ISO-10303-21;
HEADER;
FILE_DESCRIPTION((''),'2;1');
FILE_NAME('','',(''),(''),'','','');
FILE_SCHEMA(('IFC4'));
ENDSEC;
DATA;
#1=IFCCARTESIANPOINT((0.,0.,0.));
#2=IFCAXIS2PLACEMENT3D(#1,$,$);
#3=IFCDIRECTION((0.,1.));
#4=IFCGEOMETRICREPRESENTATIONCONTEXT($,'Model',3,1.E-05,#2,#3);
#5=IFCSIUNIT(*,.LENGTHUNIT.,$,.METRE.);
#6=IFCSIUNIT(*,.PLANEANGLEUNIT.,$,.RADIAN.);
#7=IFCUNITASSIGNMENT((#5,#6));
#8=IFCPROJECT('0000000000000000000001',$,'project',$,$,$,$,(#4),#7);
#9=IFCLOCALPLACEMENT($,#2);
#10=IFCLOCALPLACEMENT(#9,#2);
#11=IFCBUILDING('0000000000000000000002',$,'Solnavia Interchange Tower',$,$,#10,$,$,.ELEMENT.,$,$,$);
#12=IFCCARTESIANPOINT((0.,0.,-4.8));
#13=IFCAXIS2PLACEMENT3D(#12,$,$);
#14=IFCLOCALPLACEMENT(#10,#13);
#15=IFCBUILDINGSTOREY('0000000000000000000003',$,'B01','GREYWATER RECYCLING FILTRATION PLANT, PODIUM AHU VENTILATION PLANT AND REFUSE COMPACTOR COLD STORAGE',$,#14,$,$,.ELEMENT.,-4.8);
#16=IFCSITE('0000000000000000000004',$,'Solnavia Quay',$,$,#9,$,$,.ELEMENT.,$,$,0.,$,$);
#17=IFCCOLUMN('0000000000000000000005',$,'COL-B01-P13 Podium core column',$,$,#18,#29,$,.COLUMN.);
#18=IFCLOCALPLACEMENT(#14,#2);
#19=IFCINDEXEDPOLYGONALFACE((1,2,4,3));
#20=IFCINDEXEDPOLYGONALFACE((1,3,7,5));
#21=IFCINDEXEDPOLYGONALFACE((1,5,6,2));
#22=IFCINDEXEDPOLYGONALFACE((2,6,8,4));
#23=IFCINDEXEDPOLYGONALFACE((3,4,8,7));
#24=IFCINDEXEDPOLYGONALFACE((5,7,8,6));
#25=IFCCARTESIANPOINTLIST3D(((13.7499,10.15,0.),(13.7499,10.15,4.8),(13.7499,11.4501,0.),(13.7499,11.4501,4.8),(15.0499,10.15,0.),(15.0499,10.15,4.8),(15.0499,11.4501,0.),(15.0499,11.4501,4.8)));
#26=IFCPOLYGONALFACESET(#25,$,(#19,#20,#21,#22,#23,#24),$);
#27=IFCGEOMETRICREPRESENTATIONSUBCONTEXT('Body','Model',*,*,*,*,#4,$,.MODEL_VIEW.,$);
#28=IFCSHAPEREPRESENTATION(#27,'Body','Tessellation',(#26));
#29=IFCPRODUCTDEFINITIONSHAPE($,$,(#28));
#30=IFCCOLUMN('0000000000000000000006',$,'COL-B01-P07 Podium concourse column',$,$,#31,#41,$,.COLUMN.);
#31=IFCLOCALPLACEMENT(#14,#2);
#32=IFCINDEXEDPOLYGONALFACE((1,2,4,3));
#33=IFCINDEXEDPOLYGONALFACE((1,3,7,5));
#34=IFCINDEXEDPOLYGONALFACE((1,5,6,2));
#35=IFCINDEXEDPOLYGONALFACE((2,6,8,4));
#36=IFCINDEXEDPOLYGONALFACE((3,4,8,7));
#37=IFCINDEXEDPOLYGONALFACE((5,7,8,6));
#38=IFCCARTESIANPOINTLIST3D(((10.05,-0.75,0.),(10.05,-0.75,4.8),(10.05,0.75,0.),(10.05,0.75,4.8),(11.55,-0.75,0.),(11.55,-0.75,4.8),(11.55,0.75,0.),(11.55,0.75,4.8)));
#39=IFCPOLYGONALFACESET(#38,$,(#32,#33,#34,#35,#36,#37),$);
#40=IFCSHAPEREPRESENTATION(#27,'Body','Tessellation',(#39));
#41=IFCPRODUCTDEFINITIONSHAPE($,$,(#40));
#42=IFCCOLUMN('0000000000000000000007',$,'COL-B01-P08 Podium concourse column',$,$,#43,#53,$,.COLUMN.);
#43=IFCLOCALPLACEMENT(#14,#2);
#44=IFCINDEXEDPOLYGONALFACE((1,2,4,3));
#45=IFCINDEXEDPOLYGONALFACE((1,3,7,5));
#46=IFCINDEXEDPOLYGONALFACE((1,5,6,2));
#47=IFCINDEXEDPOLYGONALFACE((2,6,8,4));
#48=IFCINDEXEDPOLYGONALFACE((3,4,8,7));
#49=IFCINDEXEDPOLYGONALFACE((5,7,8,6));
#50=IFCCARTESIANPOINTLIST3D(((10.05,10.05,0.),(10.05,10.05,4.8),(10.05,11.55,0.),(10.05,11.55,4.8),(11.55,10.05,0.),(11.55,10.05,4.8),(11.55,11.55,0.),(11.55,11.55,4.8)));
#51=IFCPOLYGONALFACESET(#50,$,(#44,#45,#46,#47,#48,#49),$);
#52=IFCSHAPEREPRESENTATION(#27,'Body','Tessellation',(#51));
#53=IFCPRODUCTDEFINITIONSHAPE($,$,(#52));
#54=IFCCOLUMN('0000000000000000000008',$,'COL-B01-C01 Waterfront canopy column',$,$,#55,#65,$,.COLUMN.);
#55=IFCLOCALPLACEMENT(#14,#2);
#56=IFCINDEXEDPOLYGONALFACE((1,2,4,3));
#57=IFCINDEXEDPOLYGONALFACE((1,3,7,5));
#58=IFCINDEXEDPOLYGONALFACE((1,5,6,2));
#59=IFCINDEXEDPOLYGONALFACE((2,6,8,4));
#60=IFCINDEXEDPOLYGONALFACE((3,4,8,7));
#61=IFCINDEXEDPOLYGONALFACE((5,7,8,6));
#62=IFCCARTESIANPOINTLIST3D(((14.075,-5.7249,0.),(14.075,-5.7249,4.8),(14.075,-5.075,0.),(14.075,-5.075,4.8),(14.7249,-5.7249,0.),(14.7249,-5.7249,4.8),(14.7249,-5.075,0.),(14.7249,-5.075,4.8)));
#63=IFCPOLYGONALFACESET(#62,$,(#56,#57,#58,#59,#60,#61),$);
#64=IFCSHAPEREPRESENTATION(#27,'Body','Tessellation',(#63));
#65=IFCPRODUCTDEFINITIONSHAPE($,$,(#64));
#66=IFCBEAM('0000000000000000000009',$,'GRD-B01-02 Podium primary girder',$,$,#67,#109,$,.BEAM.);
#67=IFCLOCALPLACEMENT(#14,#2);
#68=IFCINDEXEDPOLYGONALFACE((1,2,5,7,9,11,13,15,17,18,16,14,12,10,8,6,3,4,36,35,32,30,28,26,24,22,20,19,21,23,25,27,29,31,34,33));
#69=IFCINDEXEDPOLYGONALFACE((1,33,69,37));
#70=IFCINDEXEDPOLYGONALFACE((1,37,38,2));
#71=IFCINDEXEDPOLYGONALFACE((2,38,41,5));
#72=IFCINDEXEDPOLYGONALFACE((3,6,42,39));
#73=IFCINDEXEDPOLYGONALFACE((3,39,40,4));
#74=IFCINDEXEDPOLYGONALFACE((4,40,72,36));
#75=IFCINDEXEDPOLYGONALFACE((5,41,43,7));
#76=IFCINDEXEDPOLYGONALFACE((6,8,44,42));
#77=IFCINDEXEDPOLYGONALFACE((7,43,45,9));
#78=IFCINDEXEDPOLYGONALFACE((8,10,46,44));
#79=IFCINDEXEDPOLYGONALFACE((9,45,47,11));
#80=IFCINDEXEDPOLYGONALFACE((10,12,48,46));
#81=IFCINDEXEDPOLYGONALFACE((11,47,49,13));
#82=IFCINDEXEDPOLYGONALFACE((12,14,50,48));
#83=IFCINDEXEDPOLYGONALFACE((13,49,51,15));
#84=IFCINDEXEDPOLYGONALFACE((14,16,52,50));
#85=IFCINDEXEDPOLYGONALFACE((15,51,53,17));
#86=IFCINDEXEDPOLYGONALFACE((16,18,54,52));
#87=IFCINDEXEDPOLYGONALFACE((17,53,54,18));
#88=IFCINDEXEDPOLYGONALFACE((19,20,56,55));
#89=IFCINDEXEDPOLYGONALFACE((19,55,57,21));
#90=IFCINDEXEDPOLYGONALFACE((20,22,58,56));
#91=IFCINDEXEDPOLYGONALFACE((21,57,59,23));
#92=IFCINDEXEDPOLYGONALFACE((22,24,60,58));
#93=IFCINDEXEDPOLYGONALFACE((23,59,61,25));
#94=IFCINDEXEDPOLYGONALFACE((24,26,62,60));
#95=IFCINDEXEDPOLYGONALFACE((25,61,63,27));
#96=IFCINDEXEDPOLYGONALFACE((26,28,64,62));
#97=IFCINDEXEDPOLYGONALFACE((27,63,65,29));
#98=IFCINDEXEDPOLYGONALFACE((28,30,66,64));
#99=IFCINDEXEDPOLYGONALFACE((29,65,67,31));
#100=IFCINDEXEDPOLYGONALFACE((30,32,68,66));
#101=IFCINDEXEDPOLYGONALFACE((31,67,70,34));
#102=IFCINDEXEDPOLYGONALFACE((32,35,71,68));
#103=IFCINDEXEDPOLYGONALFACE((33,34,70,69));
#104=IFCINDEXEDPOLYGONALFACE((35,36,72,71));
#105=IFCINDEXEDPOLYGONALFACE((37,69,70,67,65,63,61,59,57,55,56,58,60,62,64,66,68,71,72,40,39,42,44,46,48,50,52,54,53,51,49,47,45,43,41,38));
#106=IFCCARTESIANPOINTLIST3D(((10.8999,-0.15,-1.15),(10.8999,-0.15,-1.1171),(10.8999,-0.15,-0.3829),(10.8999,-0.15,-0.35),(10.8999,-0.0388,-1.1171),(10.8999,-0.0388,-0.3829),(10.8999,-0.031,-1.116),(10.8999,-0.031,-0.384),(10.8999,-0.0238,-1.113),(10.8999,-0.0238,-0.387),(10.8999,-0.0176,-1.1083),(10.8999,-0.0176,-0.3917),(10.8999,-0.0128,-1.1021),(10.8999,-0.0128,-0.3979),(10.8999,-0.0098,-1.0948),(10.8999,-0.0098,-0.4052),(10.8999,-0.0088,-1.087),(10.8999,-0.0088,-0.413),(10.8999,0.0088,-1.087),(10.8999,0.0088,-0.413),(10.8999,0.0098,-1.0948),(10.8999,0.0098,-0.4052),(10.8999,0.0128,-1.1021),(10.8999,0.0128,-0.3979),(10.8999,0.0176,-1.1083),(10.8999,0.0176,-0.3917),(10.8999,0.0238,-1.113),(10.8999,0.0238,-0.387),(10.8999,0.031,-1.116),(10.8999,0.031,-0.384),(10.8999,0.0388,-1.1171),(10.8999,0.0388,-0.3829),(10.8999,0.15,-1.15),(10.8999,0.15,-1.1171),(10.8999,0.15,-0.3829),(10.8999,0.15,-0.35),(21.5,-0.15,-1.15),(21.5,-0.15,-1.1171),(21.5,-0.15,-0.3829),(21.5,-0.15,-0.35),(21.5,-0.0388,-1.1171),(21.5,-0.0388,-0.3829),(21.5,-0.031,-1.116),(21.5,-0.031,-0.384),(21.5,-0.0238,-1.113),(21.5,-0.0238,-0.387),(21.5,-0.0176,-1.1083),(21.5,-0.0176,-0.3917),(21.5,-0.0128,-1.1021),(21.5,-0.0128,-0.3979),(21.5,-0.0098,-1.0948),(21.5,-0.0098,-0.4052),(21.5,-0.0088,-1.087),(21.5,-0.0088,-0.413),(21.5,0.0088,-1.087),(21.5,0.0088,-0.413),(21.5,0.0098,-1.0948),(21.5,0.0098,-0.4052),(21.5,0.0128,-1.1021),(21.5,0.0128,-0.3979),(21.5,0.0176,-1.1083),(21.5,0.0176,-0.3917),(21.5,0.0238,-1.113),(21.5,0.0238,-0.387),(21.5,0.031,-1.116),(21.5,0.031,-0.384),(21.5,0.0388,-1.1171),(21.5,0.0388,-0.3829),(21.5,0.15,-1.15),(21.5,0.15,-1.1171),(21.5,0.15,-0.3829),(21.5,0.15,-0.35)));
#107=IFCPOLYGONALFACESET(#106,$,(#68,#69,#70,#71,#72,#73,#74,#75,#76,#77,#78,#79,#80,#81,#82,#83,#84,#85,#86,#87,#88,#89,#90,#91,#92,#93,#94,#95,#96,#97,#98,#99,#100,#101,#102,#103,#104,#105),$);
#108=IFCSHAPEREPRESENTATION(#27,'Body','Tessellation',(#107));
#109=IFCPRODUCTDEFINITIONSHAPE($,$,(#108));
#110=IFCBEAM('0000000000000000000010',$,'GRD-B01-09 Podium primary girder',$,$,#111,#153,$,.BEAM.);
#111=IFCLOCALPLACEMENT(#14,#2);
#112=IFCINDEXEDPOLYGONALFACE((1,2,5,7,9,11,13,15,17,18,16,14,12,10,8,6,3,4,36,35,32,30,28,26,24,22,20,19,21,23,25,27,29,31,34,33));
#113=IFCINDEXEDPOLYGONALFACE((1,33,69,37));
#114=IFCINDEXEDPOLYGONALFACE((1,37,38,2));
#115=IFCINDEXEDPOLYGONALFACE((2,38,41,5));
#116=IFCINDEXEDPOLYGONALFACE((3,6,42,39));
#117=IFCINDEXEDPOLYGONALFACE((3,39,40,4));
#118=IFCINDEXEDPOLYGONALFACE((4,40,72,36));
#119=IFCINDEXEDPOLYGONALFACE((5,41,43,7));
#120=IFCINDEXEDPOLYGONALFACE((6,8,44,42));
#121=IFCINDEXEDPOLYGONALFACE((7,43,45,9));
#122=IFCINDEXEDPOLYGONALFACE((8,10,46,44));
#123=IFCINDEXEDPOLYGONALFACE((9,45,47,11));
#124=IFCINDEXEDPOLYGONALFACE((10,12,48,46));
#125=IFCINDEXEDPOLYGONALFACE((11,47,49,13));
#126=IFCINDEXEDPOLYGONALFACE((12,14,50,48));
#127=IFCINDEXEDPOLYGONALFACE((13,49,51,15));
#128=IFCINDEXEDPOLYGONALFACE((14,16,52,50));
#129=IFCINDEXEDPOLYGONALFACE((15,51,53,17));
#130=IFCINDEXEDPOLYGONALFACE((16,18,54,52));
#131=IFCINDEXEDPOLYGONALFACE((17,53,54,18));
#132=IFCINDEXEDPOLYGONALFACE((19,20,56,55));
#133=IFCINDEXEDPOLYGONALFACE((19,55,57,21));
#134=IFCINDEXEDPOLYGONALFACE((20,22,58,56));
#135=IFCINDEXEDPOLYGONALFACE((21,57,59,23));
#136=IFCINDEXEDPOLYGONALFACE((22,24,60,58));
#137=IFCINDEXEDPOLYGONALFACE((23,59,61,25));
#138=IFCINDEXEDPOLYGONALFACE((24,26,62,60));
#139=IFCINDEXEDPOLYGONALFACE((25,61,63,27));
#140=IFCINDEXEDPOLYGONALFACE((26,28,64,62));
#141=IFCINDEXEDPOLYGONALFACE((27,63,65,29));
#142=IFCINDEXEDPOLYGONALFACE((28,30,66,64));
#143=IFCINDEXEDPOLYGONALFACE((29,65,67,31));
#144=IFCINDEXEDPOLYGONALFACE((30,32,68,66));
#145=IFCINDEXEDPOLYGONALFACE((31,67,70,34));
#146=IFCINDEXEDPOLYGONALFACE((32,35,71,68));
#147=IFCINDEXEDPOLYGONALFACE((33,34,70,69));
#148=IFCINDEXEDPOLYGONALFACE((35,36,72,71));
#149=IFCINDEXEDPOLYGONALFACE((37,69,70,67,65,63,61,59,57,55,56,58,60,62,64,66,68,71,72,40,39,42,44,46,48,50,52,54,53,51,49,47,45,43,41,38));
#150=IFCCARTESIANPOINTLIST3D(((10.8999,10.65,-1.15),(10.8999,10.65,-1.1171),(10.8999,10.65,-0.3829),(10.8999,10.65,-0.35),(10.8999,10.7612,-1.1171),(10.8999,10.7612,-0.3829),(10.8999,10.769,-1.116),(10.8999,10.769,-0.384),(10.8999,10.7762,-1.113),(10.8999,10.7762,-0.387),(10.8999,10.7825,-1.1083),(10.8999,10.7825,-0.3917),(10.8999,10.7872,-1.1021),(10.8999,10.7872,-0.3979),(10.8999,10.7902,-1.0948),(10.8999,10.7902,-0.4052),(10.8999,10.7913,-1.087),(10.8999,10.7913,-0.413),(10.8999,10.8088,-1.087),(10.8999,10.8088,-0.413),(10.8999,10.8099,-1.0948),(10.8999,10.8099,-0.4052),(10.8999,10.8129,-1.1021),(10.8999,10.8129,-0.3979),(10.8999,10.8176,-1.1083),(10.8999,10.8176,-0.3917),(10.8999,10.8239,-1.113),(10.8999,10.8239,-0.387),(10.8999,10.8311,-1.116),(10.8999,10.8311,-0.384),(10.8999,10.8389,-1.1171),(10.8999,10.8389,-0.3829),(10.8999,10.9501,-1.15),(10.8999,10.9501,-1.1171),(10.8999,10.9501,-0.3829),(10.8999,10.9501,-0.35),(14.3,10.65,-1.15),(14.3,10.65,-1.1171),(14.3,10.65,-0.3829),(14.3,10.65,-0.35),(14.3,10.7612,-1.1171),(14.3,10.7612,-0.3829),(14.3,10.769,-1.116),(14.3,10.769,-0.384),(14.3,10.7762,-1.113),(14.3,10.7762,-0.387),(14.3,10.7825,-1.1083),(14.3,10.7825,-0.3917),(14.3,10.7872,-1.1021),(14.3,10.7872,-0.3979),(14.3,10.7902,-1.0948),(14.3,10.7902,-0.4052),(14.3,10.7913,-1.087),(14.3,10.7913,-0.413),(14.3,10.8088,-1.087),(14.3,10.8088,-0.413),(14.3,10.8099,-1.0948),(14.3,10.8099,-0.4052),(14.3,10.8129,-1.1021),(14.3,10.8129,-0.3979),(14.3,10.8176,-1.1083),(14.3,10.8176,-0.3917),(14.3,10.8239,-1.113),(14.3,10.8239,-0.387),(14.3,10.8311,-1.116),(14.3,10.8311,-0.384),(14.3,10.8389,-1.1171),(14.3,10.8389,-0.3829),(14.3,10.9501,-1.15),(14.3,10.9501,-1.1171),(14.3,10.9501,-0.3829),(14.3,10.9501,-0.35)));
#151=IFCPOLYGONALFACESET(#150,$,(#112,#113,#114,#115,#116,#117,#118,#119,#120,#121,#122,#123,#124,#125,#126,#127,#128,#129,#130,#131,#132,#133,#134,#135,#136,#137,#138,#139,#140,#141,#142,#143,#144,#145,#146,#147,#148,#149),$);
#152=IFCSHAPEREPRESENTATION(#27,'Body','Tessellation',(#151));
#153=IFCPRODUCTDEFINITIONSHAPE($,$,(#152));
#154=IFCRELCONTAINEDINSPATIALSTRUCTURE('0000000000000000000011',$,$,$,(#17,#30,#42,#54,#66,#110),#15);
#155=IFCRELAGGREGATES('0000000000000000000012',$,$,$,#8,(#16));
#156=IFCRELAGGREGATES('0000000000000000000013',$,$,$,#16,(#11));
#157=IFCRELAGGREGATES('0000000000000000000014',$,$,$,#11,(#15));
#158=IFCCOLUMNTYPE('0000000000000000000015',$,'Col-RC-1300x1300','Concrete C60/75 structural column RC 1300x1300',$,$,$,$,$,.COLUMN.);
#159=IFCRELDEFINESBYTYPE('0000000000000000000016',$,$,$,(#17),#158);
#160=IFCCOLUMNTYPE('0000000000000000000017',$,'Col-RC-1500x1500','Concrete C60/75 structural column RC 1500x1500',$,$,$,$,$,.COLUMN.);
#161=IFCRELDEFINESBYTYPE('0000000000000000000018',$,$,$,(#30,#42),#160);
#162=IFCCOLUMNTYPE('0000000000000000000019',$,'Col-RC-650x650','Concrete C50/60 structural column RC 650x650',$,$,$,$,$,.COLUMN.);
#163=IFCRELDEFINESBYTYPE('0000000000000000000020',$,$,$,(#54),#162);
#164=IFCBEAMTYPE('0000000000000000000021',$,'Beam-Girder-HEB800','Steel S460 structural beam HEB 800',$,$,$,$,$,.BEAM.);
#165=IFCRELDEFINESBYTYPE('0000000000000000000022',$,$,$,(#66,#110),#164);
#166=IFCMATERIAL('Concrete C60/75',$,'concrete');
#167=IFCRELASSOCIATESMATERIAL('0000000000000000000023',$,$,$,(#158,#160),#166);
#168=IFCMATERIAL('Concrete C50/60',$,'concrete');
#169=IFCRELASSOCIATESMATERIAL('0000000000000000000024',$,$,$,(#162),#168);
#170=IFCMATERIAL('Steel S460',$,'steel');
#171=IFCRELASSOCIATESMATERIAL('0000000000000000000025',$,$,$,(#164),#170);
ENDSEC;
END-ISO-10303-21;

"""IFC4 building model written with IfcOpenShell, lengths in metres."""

from ifc_helpers import new_model, si_unit, direction, frame, origin, origin_2d, place, context, subcontext, project, spatial, rectangle, i_section, extrude, material, material_profile, profile_set, type_object, element, save


model = new_model("IFC4")

# Units and contexts
model_context = context("Model", 3, precision=1e-05, world=origin(), true_north=direction((0.0, 1.0)))
body_context = subcontext(model_context, "Body", "Model", "MODEL_VIEW")
ifc_project = project(units=[si_unit("LENGTHUNIT", "METRE"), si_unit("PLANEANGLEUNIT", "RADIAN")], contexts=[model_context])

# Site, building, storey
site_placement = place(None, origin())
site = spatial("IfcSite", under=ifc_project, at=site_placement, Name="Solnavia Quay", CompositionType="ELEMENT", RefElevation=0.0)
building_placement = place(site_placement, origin())
building = spatial("IfcBuilding", under=site, at=building_placement, Name="Solnavia Interchange Tower", CompositionType="ELEMENT")
storey_placement = place(building_placement, frame((0.0, 0.0, -4.8)))
storey = spatial("IfcBuildingStorey", under=building, at=storey_placement, Name="B01", Description="GREYWATER RECYCLING FILTRATION PLANT, PODIUM AHU VENTILATION PLANT AND REFUSE COMPACTOR COLD STORAGE", CompositionType="ELEMENT", Elevation=-4.8)

# Columns
ifc_material_1 = material(Name="Concrete C60/75", Category="concrete")
ifc_material_profile_1 = material_profile(ifc_material_1, rectangle(XDim=1.3, YDim=1.3, at=origin_2d()), Name="RC 1300x1300")
ifc_profile_set_1 = profile_set([ifc_material_profile_1], Name="Concrete C60/75")
column_type_1 = type_object("IfcColumnType", Name="Col-RC-1300x1300", Description="Concrete C60/75 structural column RC 1300x1300", PredefinedType="COLUMN", material=ifc_profile_set_1)
column_1_placement = place(storey_placement, frame((14.3999, 10.8, 0.0), z_axis=(0.0, 0.0, 1.0), x_axis=(1.0, 0.0, 0.0)))
element("IfcColumn", 1, at=column_1_placement, inside=storey, type_object=column_type_1, Name="COL-B01-P13 Podium core column", PredefinedType="COLUMN", context=body_context, shape_type="SweptSolid", body=[
    extrude(rectangle(XDim=1.3, YDim=1.3, at=origin_2d()), origin(), (0.0, 0.0, 1.0), 4.8),
])
ifc_material_profile_2 = material_profile(ifc_material_1, rectangle(XDim=1.5, YDim=1.5, at=origin_2d()), Name="RC 1500x1500")
ifc_profile_set_2 = profile_set([ifc_material_profile_2], Name="Concrete C60/75")
column_type_2 = type_object("IfcColumnType", Name="Col-RC-1500x1500", Description="Concrete C60/75 structural column RC 1500x1500", PredefinedType="COLUMN", material=ifc_profile_set_2)
for number, where, z_axis, x_axis, name in (
    (2, (10.8, 0.0, 0.0), (0.0, 0.0, 1.0), (1.0, 0.0, 0.0), "COL-B01-P07 Podium concourse column"),
    (3, (10.8, 10.8, 0.0), (0.0, 0.0, 1.0), (1.0, 0.0, 0.0), "COL-B01-P08 Podium concourse column"),
):
    element("IfcColumn", number, at=place(storey_placement, frame(where, z_axis=z_axis, x_axis=x_axis)), inside=storey, type_object=column_type_2, Name=name, PredefinedType="COLUMN", context=body_context, shape_type="SweptSolid", body=[
        extrude(rectangle(XDim=1.5, YDim=1.5, at=origin_2d()), origin(), (0.0, 0.0, 1.0), 4.8),
    ])
ifc_material_2 = material(Name="Concrete C50/60", Category="concrete")
ifc_material_profile_3 = material_profile(ifc_material_2, rectangle(XDim=0.6499, YDim=0.6499, at=origin_2d()), Name="RC 650x650")
ifc_profile_set_3 = profile_set([ifc_material_profile_3], Name="Concrete C50/60")
column_type_3 = type_object("IfcColumnType", Name="Col-RC-650x650", Description="Concrete C50/60 structural column RC 650x650", PredefinedType="COLUMN", material=ifc_profile_set_3)
column_2_placement = place(storey_placement, frame((14.3999, -5.3999, 0.0), z_axis=(0.0, 0.0, 1.0), x_axis=(1.0, 0.0, 0.0)))
element("IfcColumn", 4, at=column_2_placement, inside=storey, type_object=column_type_3, Name="COL-B01-C01 Waterfront canopy column", PredefinedType="COLUMN", context=body_context, shape_type="SweptSolid", body=[
    extrude(rectangle(XDim=0.6499, YDim=0.6499, at=origin_2d()), origin(), (0.0, 0.0, 1.0), 4.8),
])

# Beams
ifc_material_3 = material(Name="Steel S460", Category="steel")
ifc_material_profile_4 = material_profile(ifc_material_3, i_section(OverallWidth=0.3, OverallDepth=0.8, WebThickness=0.0176, FlangeThickness=0.033, FilletRadius=0.03, at=origin_2d()), Name="HEB 800")
ifc_profile_set_4 = profile_set([ifc_material_profile_4], Name="Steel S460")
beam_type_1 = type_object("IfcBeamType", Name="Beam-Girder-HEB800", Description="Steel S460 structural beam HEB 800", PredefinedType="BEAM", material=ifc_profile_set_4)
beam_1_placement = place(storey_placement, frame((10.8999, 0.0, -0.75), z_axis=(1.0, 0.0, 0.0), x_axis=(0.0, 1.0, 0.0)))
element("IfcBeam", 5, at=beam_1_placement, inside=storey, type_object=beam_type_1, Name="GRD-B01-02 Podium primary girder", PredefinedType="BEAM", context=body_context, shape_type="SweptSolid", body=[
    extrude(i_section(OverallWidth=0.3, OverallDepth=0.8, WebThickness=0.0176, FlangeThickness=0.033, FilletRadius=0.03, at=origin_2d()), origin(), (0.0, 0.0, 1.0), 10.6001),
])
beam_2_placement = place(storey_placement, frame((10.8999, 10.8, -0.75), z_axis=(1.0, 0.0, 0.0), x_axis=(0.0, 1.0, 0.0)))
element("IfcBeam", 6, at=beam_2_placement, inside=storey, type_object=beam_type_1, Name="GRD-B01-09 Podium primary girder", PredefinedType="BEAM", context=body_context, shape_type="SweptSolid", body=[
    extrude(i_section(OverallWidth=0.3, OverallDepth=0.8, WebThickness=0.0176, FlangeThickness=0.033, FilletRadius=0.03, at=origin_2d()), origin(), (0.0, 0.0, 1.0), 3.4001),
])

save(model, "model.ifc")
